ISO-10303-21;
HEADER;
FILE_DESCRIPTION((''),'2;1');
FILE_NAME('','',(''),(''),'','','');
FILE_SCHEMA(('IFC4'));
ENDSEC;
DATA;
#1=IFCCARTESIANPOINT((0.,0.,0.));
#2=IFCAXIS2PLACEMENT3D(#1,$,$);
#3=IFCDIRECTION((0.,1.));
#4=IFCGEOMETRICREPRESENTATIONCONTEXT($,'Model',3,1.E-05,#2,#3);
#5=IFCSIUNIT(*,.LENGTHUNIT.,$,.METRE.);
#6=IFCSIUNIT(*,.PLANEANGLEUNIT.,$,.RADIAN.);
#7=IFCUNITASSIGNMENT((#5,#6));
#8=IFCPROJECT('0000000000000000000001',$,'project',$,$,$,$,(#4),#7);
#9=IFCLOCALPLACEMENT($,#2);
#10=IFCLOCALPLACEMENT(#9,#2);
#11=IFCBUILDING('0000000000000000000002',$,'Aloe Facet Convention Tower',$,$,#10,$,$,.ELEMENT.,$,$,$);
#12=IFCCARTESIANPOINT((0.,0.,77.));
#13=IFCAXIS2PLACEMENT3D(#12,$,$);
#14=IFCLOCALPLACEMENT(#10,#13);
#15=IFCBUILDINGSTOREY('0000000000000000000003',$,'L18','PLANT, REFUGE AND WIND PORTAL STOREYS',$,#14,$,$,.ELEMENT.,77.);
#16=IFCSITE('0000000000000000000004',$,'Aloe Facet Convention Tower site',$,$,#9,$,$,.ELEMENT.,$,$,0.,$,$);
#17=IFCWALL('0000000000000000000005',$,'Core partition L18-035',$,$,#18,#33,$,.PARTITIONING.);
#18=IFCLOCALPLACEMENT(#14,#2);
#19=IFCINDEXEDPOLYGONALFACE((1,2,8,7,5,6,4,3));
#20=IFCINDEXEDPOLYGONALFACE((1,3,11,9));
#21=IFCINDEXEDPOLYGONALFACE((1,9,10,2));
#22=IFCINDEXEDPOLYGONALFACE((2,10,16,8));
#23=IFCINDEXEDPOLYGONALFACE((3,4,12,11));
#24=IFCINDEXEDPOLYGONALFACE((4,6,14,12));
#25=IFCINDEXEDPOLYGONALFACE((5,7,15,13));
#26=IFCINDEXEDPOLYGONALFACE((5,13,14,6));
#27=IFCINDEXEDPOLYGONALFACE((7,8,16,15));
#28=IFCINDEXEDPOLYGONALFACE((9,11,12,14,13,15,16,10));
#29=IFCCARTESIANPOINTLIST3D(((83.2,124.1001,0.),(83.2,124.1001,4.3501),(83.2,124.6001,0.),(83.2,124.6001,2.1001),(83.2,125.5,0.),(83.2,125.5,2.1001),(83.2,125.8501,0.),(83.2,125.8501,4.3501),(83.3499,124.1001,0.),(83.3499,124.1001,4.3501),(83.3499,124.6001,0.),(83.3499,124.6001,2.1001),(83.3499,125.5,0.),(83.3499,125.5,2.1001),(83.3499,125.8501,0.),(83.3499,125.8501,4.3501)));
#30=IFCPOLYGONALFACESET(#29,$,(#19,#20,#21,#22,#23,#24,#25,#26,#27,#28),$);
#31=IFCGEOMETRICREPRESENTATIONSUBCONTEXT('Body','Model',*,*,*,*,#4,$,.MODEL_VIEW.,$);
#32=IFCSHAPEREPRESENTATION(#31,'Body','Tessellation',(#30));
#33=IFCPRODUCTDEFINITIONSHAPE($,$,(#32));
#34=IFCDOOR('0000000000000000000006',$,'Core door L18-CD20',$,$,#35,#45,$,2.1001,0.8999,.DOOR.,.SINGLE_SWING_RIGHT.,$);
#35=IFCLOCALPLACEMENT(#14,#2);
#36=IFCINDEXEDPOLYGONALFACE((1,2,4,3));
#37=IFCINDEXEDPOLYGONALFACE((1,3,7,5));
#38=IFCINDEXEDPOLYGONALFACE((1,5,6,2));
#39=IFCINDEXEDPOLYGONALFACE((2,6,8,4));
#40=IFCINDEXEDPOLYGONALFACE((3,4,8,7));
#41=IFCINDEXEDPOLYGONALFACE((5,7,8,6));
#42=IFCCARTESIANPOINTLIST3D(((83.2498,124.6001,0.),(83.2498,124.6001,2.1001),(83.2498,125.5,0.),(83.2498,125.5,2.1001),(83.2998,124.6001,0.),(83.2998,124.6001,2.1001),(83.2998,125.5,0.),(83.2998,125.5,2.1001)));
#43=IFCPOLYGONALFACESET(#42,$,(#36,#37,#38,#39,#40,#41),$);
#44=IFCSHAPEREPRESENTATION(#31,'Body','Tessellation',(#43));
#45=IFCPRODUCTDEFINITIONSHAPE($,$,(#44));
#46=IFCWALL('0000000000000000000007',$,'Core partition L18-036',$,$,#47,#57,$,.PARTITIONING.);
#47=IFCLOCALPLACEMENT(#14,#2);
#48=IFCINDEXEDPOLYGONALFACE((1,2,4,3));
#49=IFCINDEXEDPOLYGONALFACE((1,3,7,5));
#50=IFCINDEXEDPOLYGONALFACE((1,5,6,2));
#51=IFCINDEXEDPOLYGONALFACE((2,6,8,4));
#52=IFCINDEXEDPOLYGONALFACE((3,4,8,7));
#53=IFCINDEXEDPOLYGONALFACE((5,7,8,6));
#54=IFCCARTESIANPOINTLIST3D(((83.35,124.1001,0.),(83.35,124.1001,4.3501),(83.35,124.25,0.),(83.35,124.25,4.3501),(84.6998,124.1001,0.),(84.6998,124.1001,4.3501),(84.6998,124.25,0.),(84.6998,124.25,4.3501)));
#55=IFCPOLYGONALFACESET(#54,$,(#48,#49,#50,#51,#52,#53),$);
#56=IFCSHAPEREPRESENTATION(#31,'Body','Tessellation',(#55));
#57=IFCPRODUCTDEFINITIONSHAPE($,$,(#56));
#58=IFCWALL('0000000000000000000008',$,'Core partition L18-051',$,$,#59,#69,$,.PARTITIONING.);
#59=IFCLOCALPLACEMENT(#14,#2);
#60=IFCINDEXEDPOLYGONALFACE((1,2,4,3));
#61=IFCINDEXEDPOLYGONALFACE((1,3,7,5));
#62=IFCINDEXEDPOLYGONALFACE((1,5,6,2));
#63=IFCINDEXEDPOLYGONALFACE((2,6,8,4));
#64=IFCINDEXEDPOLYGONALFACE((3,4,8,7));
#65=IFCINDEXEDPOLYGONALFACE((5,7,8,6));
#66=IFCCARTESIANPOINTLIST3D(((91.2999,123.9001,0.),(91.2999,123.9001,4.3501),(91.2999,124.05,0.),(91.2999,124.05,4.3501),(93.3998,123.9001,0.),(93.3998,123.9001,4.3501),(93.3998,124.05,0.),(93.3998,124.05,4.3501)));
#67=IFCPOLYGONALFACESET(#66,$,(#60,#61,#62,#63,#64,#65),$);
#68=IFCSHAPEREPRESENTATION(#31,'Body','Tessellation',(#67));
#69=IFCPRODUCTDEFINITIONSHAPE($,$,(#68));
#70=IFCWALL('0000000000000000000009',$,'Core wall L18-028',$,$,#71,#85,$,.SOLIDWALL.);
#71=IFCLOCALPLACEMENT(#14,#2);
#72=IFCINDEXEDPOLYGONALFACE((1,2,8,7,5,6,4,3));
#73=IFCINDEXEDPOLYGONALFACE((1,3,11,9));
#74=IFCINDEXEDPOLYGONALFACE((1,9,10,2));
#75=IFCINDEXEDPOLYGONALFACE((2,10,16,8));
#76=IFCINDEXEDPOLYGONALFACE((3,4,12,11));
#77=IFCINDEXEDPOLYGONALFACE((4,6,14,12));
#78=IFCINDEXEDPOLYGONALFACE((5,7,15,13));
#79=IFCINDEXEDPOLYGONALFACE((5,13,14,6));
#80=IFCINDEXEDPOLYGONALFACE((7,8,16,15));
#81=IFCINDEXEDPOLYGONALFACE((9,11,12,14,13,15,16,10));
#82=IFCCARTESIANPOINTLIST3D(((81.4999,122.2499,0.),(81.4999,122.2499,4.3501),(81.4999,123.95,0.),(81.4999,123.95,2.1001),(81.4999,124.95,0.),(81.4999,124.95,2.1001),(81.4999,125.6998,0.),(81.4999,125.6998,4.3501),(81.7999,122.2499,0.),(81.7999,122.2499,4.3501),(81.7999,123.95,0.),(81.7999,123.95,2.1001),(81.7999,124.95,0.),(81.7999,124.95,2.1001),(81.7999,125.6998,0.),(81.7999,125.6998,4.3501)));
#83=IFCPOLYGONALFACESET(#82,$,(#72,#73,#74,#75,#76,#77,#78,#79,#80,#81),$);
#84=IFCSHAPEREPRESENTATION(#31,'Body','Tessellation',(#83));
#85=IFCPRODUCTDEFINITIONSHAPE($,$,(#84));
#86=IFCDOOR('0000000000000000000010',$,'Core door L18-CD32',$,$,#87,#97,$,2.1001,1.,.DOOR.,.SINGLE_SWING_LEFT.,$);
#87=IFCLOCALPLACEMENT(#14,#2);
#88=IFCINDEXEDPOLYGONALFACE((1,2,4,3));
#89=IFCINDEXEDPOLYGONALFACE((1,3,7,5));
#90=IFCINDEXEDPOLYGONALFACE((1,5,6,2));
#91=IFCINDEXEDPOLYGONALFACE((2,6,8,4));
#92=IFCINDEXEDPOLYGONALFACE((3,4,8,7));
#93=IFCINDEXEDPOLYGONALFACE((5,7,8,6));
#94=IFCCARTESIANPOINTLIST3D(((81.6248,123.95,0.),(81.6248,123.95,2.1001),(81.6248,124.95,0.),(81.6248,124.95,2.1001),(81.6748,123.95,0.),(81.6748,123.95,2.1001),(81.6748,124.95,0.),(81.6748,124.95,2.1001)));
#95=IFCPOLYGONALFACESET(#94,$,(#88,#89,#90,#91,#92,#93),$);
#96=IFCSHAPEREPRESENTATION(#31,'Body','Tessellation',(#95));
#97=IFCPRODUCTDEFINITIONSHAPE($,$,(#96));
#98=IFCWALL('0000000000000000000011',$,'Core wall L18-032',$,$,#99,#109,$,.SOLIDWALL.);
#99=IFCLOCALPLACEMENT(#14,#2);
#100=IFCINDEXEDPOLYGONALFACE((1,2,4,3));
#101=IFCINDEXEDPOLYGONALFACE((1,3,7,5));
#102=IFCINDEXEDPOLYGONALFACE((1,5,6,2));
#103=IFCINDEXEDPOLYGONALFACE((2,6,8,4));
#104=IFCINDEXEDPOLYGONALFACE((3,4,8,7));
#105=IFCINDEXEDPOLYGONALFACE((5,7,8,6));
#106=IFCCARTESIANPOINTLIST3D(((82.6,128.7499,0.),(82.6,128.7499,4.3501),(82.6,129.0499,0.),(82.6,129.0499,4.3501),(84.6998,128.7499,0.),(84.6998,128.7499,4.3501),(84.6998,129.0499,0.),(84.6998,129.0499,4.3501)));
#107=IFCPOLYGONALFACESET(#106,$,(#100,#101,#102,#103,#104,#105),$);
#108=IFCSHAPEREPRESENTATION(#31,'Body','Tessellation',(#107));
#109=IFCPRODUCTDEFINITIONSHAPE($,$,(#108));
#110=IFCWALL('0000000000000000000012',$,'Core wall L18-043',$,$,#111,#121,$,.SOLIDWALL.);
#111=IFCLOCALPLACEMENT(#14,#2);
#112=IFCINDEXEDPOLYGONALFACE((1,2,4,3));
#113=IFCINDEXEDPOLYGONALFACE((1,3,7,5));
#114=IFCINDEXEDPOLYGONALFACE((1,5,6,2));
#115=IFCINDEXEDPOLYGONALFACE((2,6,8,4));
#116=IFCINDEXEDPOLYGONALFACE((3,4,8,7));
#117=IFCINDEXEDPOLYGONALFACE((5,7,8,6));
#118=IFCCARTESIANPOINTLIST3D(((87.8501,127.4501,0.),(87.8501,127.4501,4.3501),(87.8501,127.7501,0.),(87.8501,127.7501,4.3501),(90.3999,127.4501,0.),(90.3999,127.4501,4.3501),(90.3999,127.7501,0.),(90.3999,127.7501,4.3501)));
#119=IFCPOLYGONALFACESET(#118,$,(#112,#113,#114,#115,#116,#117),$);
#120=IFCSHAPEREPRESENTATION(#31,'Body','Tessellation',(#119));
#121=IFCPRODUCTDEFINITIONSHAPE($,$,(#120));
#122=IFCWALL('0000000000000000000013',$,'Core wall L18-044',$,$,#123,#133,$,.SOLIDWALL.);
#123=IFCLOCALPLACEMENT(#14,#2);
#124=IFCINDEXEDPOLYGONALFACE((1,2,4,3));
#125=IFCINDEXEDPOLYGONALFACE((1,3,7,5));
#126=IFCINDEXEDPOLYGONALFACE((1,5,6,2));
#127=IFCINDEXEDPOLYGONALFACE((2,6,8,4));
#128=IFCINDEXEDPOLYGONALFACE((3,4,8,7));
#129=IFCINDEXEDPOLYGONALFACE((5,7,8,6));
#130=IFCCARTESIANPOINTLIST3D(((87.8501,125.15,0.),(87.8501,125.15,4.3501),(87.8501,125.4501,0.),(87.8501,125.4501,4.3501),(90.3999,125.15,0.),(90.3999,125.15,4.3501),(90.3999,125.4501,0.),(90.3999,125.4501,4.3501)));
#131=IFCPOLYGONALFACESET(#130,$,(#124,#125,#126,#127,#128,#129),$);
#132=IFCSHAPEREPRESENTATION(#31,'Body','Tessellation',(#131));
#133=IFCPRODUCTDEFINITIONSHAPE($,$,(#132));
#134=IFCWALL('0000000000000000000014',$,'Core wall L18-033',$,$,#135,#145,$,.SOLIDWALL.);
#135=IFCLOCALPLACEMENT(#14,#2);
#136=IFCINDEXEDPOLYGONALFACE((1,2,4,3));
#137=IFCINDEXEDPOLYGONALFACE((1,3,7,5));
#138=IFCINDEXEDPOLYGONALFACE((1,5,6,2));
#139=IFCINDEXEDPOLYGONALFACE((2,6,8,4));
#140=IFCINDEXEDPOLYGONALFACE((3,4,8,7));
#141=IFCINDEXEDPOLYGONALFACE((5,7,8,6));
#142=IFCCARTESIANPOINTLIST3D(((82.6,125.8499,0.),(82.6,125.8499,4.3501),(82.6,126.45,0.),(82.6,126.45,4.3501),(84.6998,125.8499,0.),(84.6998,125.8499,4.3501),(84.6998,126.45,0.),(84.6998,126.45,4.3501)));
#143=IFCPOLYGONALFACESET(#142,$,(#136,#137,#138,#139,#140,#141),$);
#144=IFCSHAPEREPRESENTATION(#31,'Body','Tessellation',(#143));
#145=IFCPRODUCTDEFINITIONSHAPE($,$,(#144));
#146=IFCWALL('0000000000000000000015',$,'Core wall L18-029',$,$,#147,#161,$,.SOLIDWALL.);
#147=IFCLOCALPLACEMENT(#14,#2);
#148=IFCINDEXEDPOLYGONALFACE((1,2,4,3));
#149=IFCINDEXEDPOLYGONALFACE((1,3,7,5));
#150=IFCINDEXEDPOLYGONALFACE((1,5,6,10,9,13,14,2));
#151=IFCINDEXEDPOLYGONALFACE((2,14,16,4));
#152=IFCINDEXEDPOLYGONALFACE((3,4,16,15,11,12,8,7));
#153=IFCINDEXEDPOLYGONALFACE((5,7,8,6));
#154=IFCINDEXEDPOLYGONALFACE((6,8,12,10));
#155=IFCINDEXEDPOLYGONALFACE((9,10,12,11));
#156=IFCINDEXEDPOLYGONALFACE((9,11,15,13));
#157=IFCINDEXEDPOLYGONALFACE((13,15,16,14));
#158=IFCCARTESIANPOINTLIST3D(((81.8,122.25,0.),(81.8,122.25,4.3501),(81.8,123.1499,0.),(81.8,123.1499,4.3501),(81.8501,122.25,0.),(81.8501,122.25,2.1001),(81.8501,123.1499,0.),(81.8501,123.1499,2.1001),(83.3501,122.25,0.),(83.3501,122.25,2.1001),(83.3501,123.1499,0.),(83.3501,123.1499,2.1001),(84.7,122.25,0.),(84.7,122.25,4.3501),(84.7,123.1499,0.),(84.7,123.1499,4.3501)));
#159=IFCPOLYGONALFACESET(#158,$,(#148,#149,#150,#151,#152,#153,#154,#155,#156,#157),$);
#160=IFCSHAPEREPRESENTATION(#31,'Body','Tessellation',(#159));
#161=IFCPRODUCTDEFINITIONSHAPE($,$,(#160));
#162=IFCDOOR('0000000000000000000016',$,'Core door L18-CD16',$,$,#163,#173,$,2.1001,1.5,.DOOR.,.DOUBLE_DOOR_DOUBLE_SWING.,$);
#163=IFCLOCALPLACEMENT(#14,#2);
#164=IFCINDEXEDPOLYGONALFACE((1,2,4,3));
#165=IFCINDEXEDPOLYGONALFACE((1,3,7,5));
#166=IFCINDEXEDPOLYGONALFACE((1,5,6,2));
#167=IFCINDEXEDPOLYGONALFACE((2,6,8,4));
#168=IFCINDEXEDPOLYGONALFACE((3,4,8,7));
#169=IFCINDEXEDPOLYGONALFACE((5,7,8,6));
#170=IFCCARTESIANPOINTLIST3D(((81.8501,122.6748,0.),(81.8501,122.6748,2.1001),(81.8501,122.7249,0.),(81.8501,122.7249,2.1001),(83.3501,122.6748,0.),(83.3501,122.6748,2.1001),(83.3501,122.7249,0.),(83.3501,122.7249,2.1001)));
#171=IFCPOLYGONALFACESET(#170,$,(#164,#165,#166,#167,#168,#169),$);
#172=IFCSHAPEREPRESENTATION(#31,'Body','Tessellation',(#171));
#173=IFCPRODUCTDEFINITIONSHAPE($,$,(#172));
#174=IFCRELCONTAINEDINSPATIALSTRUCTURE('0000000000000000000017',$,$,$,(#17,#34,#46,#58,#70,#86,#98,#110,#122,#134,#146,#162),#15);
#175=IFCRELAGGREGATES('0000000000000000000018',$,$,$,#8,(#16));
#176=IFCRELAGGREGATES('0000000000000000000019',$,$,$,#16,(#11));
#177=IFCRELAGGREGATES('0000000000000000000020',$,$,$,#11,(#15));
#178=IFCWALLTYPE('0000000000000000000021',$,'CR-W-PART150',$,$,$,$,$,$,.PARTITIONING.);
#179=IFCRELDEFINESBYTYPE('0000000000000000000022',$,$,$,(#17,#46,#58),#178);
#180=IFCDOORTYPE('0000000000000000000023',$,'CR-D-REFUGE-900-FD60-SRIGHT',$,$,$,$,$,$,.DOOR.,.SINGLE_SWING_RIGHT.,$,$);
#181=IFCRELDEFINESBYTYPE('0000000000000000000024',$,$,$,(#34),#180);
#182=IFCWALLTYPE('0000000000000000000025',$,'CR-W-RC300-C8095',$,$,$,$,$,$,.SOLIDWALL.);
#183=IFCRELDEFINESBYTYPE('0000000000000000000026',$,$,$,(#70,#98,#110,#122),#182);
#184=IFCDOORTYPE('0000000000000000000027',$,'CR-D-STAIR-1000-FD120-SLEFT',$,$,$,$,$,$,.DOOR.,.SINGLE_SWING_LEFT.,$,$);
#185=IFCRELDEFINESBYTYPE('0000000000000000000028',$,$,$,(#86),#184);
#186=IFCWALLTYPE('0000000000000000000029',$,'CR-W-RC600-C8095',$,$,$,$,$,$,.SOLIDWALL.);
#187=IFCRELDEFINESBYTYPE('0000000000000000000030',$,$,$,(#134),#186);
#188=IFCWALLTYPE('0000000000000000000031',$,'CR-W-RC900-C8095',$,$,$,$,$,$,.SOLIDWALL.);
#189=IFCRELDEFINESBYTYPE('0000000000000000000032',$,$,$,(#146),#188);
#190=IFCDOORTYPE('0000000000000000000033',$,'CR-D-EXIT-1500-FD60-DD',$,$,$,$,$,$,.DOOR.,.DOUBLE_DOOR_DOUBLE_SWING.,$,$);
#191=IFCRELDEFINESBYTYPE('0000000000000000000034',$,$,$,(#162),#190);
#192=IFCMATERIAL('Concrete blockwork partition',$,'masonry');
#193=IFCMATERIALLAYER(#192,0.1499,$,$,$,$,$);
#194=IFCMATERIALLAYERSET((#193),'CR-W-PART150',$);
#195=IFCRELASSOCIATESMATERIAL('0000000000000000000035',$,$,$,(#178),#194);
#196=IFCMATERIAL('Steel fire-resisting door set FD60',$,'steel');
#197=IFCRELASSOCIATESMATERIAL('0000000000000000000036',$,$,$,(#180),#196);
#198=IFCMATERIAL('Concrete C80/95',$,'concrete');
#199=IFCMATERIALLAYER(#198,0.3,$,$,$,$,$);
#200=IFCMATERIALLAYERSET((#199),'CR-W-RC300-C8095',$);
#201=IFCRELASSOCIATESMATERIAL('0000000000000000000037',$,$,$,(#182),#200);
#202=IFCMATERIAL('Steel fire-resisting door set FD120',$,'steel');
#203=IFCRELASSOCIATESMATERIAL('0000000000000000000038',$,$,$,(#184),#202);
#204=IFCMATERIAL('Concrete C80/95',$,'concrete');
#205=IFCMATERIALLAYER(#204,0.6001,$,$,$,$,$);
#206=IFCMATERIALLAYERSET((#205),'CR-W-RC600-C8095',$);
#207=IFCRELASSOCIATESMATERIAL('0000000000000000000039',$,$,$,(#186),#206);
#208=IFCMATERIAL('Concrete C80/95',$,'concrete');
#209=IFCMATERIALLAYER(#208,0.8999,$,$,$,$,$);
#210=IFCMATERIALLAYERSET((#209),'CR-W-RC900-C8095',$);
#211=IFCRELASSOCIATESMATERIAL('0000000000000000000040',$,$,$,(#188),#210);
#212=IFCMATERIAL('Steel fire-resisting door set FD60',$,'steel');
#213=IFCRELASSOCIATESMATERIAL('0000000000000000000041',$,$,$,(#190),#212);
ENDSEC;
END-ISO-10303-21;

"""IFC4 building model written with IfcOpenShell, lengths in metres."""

from ifc_helpers import new_model, si_unit, direction, frame, frame_2d, origin, place, context, subcontext, project, spatial, rectangle, extrude, material, layer, layer_set, type_object, element, fill, save


model = new_model("IFC4")

# Units and contexts
model_context = context("Model", 3, precision=1e-05, world=origin(), true_north=direction((0.0, 1.0)))
body_context = subcontext(model_context, "Body", "Model", "MODEL_VIEW")
ifc_project = project(units=[si_unit("LENGTHUNIT", "METRE"), si_unit("PLANEANGLEUNIT", "RADIAN")], contexts=[model_context])

# Site, building, storey
site_placement = place(None, origin())
site = spatial("IfcSite", under=ifc_project, at=site_placement, Name="Aloe Facet Convention Tower site", CompositionType="ELEMENT", RefElevation=0.0)
building_placement = place(site_placement, origin())
building = spatial("IfcBuilding", under=site, at=building_placement, Name="Aloe Facet Convention Tower", CompositionType="ELEMENT")
storey_placement = place(building_placement, frame((0.0, 0.0, 77.0)))
storey = spatial("IfcBuildingStorey", under=building, at=storey_placement, Name="L18", Description="PLANT, REFUGE AND WIND PORTAL STOREYS", CompositionType="ELEMENT", Elevation=77.0)

# Wall, opening, door
ifc_material_1 = material(Name="Concrete blockwork partition", Category="masonry")
ifc_layer_1 = layer(ifc_material_1, 0.1499)
ifc_layer_set_1 = layer_set([ifc_layer_1], Name="CR-W-PART150")
wall_type_1 = type_object("IfcWallType", Name="CR-W-PART150", PredefinedType="PARTITIONING", material=ifc_layer_set_1)
wall_1_placement = place(storey_placement, frame((83.2749, 125.8501, 0.0), z_axis=(0.0, 0.0, 1.0), x_axis=(0.0, -1.0, 0.0)))
wall_1 = element("IfcWall", 1, at=wall_1_placement, inside=storey, type_object=wall_type_1, Name="Core partition L18-035", PredefinedType="PARTITIONING", context=body_context, shape_type="SweptSolid", body=[
    extrude(rectangle(XDim=1.75, YDim=0.1499, at=frame_2d((0.875, 0.0))), origin(), (0.0, 0.0, 1.0), 4.3501),
])
opening_1_placement = place(wall_1_placement, frame((0.3501, 0.0, 0.0)))
opening_1 = element("IfcOpeningElement", 2, at=opening_1_placement, cuts=wall_1, PredefinedType="OPENING", context=body_context, shape_type="SweptSolid", body=[
    extrude(rectangle(XDim=0.8999, YDim=2.1001, at=frame_2d((0.45, 1.05))), frame((0.0, 0.085, 0.0), z_axis=(0.0, -1.0, 0.0), x_axis=(1.0, 0.0, 0.0)), (0.0, 0.0, 1.0), 0.1699),
])
ifc_material_2 = material(Name="Steel fire-resisting door set FD60", Category="steel")
door_type_1 = type_object("IfcDoorType", Name="CR-D-REFUGE-900-FD60-SRIGHT", OperationType="SINGLE_SWING_RIGHT", PredefinedType="DOOR", material=ifc_material_2)
door_1_placement = place(opening_1_placement, origin())
door_1 = element("IfcDoor", 3, at=door_1_placement, inside=storey, type_object=door_type_1, Name="Core door L18-CD20", OperationType="SINGLE_SWING_RIGHT", OverallHeight=2.1001, OverallWidth=0.8999, PredefinedType="DOOR", context=body_context, shape_type="SweptSolid", body=[
    extrude(rectangle(XDim=0.8999, YDim=2.1001, at=frame_2d((0.45, 1.05))), frame((0.0, 0.0249, 0.0), z_axis=(0.0, -1.0, 0.0), x_axis=(1.0, 0.0, 0.0)), (0.0, 0.0, 1.0), 0.05),
])
fill(opening_1, door_1)

# Walls
wall_2_placement = place(storey_placement, frame((83.3501, 124.175, 0.0), z_axis=(0.0, 0.0, 1.0), x_axis=(1.0, 0.0, 0.0)))
element("IfcWall", 4, at=wall_2_placement, inside=storey, type_object=wall_type_1, Name="Core partition L18-036", PredefinedType="PARTITIONING", context=body_context, shape_type="SweptSolid", body=[
    extrude(rectangle(XDim=1.3499, YDim=0.1499, at=frame_2d((0.6748, 0.0))), origin(), (0.0, 0.0, 1.0), 4.3501),
])
wall_3_placement = place(storey_placement, frame((91.3, 123.9751, 0.0), z_axis=(0.0, 0.0, 1.0), x_axis=(1.0, 0.0, 0.0)))
element("IfcWall", 5, at=wall_3_placement, inside=storey, type_object=wall_type_1, Name="Core partition L18-051", PredefinedType="PARTITIONING", context=body_context, shape_type="SweptSolid", body=[
    extrude(rectangle(XDim=2.0999, YDim=0.1499, at=frame_2d((1.0498, 0.0))), origin(), (0.0, 0.0, 1.0), 4.3501),
])

# Wall, opening, door
ifc_material_3 = material(Name="Concrete C80/95", Category="concrete")
ifc_layer_2 = layer(ifc_material_3, 0.3)
ifc_layer_set_2 = layer_set([ifc_layer_2], Name="CR-W-RC300-C8095")
wall_type_2 = type_object("IfcWallType", Name="CR-W-RC300-C8095", PredefinedType="SOLIDWALL", material=ifc_layer_set_2)
wall_4_placement = place(storey_placement, frame((81.6499, 125.7, 0.0), z_axis=(0.0, 0.0, 1.0), x_axis=(0.0, -1.0, 0.0)))
wall_4 = element("IfcWall", 6, at=wall_4_placement, inside=storey, type_object=wall_type_2, Name="Core wall L18-028", PredefinedType="SOLIDWALL", context=body_context, shape_type="SweptSolid", body=[
    extrude(rectangle(XDim=3.45, YDim=0.3, at=frame_2d((1.7251, 0.0))), origin(), (0.0, 0.0, 1.0), 4.3501),
])
opening_2_placement = place(wall_4_placement, frame((0.75, 0.0, 0.0)))
opening_2 = element("IfcOpeningElement", 7, at=opening_2_placement, cuts=wall_4, PredefinedType="OPENING", context=body_context, shape_type="SweptSolid", body=[
    extrude(rectangle(XDim=1.0, YDim=2.1001, at=frame_2d((0.5, 1.05))), frame((0.0, 0.1602, 0.0), z_axis=(0.0, -1.0, 0.0), x_axis=(1.0, 0.0, 0.0)), (0.0, 0.0, 1.0), 0.3201),
])
ifc_material_4 = material(Name="Steel fire-resisting door set FD120", Category="steel")
door_type_2 = type_object("IfcDoorType", Name="CR-D-STAIR-1000-FD120-SLEFT", OperationType="SINGLE_SWING_LEFT", PredefinedType="DOOR", material=ifc_material_4)
door_2_placement = place(opening_2_placement, origin())
door_2 = element("IfcDoor", 8, at=door_2_placement, inside=storey, type_object=door_type_2, Name="Core door L18-CD32", OperationType="SINGLE_SWING_LEFT", OverallHeight=2.1001, OverallWidth=1.0, PredefinedType="DOOR", context=body_context, shape_type="SweptSolid", body=[
    extrude(rectangle(XDim=1.0, YDim=2.1001, at=frame_2d((0.5, 1.05))), frame((0.0, 0.0249, 0.0), z_axis=(0.0, -1.0, 0.0), x_axis=(1.0, 0.0, 0.0)), (0.0, 0.0, 1.0), 0.05),
])
fill(opening_2, door_2)

# Walls
wall_5_placement = place(storey_placement, frame((82.6001, 128.8999, 0.0), z_axis=(0.0, 0.0, 1.0), x_axis=(1.0, 0.0, 0.0)))
element("IfcWall", 9, at=wall_5_placement, inside=storey, type_object=wall_type_2, Name="Core wall L18-032", PredefinedType="SOLIDWALL", context=body_context, shape_type="SweptSolid", body=[
    extrude(rectangle(XDim=2.0999, YDim=0.3, at=frame_2d((1.0498, 0.0))), origin(), (0.0, 0.0, 1.0), 4.3501),
])
for number, where, z_axis, x_axis, name in (
    (10, (87.8501, 127.6001, 0.0), (0.0, 0.0, 1.0), (1.0, 0.0, 0.0), "Core wall L18-043"),
    (11, (87.8501, 125.3, 0.0), (0.0, 0.0, 1.0), (1.0, 0.0, 0.0), "Core wall L18-044"),
):
    element("IfcWall", number, at=place(storey_placement, frame(where, z_axis=z_axis, x_axis=x_axis)), inside=storey, type_object=wall_type_2, Name=name, PredefinedType="SOLIDWALL", context=body_context, shape_type="SweptSolid", body=[
        extrude(rectangle(XDim=2.5498, YDim=0.3, at=frame_2d((1.2749, 0.0))), origin(), (0.0, 0.0, 1.0), 4.3501),
    ])
ifc_material_5 = material(Name="Concrete C80/95", Category="concrete")
ifc_layer_3 = layer(ifc_material_5, 0.6001)
ifc_layer_set_3 = layer_set([ifc_layer_3], Name="CR-W-RC600-C8095")
wall_type_3 = type_object("IfcWallType", Name="CR-W-RC600-C8095", PredefinedType="SOLIDWALL", material=ifc_layer_set_3)
wall_6_placement = place(storey_placement, frame((82.6001, 126.1499, 0.0), z_axis=(0.0, 0.0, 1.0), x_axis=(1.0, 0.0, 0.0)))
element("IfcWall", 12, at=wall_6_placement, inside=storey, type_object=wall_type_3, Name="Core wall L18-033", PredefinedType="SOLIDWALL", context=body_context, shape_type="SweptSolid", body=[
    extrude(rectangle(XDim=2.0999, YDim=0.6001, at=frame_2d((1.0498, 0.0))), origin(), (0.0, 0.0, 1.0), 4.3501),
])

# Wall, opening, door
ifc_material_6 = material(Name="Concrete C80/95", Category="concrete")
ifc_layer_4 = layer(ifc_material_6, 0.8999)
ifc_layer_set_4 = layer_set([ifc_layer_4], Name="CR-W-RC900-C8095")
wall_type_4 = type_object("IfcWallType", Name="CR-W-RC900-C8095", PredefinedType="SOLIDWALL", material=ifc_layer_set_4)
wall_7_placement = place(storey_placement, frame((81.8, 122.7, 0.0), z_axis=(0.0, 0.0, 1.0), x_axis=(1.0, 0.0, 0.0)))
wall_7 = element("IfcWall", 13, at=wall_7_placement, inside=storey, type_object=wall_type_4, Name="Core wall L18-029", PredefinedType="SOLIDWALL", context=body_context, shape_type="SweptSolid", body=[
    extrude(rectangle(XDim=2.8999, YDim=0.8999, at=frame_2d((1.45, 0.0))), origin(), (0.0, 0.0, 1.0), 4.3501),
])
opening_3_placement = place(wall_7_placement, frame((0.05, 0.0, 0.0)))
opening_3 = element("IfcOpeningElement", 14, at=opening_3_placement, cuts=wall_7, PredefinedType="OPENING", context=body_context, shape_type="SweptSolid", body=[
    extrude(rectangle(XDim=1.5, YDim=2.1001, at=frame_2d((0.75, 1.05))), frame((0.0, 0.46, 0.0), z_axis=(0.0, -1.0, 0.0), x_axis=(1.0, 0.0, 0.0)), (0.0, 0.0, 1.0), 0.9199),
])
ifc_material_7 = material(Name="Steel fire-resisting door set FD60", Category="steel")
door_type_3 = type_object("IfcDoorType", Name="CR-D-EXIT-1500-FD60-DD", OperationType="DOUBLE_DOOR_DOUBLE_SWING", PredefinedType="DOOR", material=ifc_material_7)
door_3_placement = place(opening_3_placement, origin())
door_3 = element("IfcDoor", 15, at=door_3_placement, inside=storey, type_object=door_type_3, Name="Core door L18-CD16", OperationType="DOUBLE_DOOR_DOUBLE_SWING", OverallHeight=2.1001, OverallWidth=1.5, PredefinedType="DOOR", context=body_context, shape_type="SweptSolid", body=[
    extrude(rectangle(XDim=1.5, YDim=2.1001, at=frame_2d((0.75, 1.05))), frame((0.0, 0.0249, 0.0), z_axis=(0.0, -1.0, 0.0), x_axis=(1.0, 0.0, 0.0)), (0.0, 0.0, 1.0), 0.05),
])
fill(opening_3, door_3)

save(model, "model.ifc")
